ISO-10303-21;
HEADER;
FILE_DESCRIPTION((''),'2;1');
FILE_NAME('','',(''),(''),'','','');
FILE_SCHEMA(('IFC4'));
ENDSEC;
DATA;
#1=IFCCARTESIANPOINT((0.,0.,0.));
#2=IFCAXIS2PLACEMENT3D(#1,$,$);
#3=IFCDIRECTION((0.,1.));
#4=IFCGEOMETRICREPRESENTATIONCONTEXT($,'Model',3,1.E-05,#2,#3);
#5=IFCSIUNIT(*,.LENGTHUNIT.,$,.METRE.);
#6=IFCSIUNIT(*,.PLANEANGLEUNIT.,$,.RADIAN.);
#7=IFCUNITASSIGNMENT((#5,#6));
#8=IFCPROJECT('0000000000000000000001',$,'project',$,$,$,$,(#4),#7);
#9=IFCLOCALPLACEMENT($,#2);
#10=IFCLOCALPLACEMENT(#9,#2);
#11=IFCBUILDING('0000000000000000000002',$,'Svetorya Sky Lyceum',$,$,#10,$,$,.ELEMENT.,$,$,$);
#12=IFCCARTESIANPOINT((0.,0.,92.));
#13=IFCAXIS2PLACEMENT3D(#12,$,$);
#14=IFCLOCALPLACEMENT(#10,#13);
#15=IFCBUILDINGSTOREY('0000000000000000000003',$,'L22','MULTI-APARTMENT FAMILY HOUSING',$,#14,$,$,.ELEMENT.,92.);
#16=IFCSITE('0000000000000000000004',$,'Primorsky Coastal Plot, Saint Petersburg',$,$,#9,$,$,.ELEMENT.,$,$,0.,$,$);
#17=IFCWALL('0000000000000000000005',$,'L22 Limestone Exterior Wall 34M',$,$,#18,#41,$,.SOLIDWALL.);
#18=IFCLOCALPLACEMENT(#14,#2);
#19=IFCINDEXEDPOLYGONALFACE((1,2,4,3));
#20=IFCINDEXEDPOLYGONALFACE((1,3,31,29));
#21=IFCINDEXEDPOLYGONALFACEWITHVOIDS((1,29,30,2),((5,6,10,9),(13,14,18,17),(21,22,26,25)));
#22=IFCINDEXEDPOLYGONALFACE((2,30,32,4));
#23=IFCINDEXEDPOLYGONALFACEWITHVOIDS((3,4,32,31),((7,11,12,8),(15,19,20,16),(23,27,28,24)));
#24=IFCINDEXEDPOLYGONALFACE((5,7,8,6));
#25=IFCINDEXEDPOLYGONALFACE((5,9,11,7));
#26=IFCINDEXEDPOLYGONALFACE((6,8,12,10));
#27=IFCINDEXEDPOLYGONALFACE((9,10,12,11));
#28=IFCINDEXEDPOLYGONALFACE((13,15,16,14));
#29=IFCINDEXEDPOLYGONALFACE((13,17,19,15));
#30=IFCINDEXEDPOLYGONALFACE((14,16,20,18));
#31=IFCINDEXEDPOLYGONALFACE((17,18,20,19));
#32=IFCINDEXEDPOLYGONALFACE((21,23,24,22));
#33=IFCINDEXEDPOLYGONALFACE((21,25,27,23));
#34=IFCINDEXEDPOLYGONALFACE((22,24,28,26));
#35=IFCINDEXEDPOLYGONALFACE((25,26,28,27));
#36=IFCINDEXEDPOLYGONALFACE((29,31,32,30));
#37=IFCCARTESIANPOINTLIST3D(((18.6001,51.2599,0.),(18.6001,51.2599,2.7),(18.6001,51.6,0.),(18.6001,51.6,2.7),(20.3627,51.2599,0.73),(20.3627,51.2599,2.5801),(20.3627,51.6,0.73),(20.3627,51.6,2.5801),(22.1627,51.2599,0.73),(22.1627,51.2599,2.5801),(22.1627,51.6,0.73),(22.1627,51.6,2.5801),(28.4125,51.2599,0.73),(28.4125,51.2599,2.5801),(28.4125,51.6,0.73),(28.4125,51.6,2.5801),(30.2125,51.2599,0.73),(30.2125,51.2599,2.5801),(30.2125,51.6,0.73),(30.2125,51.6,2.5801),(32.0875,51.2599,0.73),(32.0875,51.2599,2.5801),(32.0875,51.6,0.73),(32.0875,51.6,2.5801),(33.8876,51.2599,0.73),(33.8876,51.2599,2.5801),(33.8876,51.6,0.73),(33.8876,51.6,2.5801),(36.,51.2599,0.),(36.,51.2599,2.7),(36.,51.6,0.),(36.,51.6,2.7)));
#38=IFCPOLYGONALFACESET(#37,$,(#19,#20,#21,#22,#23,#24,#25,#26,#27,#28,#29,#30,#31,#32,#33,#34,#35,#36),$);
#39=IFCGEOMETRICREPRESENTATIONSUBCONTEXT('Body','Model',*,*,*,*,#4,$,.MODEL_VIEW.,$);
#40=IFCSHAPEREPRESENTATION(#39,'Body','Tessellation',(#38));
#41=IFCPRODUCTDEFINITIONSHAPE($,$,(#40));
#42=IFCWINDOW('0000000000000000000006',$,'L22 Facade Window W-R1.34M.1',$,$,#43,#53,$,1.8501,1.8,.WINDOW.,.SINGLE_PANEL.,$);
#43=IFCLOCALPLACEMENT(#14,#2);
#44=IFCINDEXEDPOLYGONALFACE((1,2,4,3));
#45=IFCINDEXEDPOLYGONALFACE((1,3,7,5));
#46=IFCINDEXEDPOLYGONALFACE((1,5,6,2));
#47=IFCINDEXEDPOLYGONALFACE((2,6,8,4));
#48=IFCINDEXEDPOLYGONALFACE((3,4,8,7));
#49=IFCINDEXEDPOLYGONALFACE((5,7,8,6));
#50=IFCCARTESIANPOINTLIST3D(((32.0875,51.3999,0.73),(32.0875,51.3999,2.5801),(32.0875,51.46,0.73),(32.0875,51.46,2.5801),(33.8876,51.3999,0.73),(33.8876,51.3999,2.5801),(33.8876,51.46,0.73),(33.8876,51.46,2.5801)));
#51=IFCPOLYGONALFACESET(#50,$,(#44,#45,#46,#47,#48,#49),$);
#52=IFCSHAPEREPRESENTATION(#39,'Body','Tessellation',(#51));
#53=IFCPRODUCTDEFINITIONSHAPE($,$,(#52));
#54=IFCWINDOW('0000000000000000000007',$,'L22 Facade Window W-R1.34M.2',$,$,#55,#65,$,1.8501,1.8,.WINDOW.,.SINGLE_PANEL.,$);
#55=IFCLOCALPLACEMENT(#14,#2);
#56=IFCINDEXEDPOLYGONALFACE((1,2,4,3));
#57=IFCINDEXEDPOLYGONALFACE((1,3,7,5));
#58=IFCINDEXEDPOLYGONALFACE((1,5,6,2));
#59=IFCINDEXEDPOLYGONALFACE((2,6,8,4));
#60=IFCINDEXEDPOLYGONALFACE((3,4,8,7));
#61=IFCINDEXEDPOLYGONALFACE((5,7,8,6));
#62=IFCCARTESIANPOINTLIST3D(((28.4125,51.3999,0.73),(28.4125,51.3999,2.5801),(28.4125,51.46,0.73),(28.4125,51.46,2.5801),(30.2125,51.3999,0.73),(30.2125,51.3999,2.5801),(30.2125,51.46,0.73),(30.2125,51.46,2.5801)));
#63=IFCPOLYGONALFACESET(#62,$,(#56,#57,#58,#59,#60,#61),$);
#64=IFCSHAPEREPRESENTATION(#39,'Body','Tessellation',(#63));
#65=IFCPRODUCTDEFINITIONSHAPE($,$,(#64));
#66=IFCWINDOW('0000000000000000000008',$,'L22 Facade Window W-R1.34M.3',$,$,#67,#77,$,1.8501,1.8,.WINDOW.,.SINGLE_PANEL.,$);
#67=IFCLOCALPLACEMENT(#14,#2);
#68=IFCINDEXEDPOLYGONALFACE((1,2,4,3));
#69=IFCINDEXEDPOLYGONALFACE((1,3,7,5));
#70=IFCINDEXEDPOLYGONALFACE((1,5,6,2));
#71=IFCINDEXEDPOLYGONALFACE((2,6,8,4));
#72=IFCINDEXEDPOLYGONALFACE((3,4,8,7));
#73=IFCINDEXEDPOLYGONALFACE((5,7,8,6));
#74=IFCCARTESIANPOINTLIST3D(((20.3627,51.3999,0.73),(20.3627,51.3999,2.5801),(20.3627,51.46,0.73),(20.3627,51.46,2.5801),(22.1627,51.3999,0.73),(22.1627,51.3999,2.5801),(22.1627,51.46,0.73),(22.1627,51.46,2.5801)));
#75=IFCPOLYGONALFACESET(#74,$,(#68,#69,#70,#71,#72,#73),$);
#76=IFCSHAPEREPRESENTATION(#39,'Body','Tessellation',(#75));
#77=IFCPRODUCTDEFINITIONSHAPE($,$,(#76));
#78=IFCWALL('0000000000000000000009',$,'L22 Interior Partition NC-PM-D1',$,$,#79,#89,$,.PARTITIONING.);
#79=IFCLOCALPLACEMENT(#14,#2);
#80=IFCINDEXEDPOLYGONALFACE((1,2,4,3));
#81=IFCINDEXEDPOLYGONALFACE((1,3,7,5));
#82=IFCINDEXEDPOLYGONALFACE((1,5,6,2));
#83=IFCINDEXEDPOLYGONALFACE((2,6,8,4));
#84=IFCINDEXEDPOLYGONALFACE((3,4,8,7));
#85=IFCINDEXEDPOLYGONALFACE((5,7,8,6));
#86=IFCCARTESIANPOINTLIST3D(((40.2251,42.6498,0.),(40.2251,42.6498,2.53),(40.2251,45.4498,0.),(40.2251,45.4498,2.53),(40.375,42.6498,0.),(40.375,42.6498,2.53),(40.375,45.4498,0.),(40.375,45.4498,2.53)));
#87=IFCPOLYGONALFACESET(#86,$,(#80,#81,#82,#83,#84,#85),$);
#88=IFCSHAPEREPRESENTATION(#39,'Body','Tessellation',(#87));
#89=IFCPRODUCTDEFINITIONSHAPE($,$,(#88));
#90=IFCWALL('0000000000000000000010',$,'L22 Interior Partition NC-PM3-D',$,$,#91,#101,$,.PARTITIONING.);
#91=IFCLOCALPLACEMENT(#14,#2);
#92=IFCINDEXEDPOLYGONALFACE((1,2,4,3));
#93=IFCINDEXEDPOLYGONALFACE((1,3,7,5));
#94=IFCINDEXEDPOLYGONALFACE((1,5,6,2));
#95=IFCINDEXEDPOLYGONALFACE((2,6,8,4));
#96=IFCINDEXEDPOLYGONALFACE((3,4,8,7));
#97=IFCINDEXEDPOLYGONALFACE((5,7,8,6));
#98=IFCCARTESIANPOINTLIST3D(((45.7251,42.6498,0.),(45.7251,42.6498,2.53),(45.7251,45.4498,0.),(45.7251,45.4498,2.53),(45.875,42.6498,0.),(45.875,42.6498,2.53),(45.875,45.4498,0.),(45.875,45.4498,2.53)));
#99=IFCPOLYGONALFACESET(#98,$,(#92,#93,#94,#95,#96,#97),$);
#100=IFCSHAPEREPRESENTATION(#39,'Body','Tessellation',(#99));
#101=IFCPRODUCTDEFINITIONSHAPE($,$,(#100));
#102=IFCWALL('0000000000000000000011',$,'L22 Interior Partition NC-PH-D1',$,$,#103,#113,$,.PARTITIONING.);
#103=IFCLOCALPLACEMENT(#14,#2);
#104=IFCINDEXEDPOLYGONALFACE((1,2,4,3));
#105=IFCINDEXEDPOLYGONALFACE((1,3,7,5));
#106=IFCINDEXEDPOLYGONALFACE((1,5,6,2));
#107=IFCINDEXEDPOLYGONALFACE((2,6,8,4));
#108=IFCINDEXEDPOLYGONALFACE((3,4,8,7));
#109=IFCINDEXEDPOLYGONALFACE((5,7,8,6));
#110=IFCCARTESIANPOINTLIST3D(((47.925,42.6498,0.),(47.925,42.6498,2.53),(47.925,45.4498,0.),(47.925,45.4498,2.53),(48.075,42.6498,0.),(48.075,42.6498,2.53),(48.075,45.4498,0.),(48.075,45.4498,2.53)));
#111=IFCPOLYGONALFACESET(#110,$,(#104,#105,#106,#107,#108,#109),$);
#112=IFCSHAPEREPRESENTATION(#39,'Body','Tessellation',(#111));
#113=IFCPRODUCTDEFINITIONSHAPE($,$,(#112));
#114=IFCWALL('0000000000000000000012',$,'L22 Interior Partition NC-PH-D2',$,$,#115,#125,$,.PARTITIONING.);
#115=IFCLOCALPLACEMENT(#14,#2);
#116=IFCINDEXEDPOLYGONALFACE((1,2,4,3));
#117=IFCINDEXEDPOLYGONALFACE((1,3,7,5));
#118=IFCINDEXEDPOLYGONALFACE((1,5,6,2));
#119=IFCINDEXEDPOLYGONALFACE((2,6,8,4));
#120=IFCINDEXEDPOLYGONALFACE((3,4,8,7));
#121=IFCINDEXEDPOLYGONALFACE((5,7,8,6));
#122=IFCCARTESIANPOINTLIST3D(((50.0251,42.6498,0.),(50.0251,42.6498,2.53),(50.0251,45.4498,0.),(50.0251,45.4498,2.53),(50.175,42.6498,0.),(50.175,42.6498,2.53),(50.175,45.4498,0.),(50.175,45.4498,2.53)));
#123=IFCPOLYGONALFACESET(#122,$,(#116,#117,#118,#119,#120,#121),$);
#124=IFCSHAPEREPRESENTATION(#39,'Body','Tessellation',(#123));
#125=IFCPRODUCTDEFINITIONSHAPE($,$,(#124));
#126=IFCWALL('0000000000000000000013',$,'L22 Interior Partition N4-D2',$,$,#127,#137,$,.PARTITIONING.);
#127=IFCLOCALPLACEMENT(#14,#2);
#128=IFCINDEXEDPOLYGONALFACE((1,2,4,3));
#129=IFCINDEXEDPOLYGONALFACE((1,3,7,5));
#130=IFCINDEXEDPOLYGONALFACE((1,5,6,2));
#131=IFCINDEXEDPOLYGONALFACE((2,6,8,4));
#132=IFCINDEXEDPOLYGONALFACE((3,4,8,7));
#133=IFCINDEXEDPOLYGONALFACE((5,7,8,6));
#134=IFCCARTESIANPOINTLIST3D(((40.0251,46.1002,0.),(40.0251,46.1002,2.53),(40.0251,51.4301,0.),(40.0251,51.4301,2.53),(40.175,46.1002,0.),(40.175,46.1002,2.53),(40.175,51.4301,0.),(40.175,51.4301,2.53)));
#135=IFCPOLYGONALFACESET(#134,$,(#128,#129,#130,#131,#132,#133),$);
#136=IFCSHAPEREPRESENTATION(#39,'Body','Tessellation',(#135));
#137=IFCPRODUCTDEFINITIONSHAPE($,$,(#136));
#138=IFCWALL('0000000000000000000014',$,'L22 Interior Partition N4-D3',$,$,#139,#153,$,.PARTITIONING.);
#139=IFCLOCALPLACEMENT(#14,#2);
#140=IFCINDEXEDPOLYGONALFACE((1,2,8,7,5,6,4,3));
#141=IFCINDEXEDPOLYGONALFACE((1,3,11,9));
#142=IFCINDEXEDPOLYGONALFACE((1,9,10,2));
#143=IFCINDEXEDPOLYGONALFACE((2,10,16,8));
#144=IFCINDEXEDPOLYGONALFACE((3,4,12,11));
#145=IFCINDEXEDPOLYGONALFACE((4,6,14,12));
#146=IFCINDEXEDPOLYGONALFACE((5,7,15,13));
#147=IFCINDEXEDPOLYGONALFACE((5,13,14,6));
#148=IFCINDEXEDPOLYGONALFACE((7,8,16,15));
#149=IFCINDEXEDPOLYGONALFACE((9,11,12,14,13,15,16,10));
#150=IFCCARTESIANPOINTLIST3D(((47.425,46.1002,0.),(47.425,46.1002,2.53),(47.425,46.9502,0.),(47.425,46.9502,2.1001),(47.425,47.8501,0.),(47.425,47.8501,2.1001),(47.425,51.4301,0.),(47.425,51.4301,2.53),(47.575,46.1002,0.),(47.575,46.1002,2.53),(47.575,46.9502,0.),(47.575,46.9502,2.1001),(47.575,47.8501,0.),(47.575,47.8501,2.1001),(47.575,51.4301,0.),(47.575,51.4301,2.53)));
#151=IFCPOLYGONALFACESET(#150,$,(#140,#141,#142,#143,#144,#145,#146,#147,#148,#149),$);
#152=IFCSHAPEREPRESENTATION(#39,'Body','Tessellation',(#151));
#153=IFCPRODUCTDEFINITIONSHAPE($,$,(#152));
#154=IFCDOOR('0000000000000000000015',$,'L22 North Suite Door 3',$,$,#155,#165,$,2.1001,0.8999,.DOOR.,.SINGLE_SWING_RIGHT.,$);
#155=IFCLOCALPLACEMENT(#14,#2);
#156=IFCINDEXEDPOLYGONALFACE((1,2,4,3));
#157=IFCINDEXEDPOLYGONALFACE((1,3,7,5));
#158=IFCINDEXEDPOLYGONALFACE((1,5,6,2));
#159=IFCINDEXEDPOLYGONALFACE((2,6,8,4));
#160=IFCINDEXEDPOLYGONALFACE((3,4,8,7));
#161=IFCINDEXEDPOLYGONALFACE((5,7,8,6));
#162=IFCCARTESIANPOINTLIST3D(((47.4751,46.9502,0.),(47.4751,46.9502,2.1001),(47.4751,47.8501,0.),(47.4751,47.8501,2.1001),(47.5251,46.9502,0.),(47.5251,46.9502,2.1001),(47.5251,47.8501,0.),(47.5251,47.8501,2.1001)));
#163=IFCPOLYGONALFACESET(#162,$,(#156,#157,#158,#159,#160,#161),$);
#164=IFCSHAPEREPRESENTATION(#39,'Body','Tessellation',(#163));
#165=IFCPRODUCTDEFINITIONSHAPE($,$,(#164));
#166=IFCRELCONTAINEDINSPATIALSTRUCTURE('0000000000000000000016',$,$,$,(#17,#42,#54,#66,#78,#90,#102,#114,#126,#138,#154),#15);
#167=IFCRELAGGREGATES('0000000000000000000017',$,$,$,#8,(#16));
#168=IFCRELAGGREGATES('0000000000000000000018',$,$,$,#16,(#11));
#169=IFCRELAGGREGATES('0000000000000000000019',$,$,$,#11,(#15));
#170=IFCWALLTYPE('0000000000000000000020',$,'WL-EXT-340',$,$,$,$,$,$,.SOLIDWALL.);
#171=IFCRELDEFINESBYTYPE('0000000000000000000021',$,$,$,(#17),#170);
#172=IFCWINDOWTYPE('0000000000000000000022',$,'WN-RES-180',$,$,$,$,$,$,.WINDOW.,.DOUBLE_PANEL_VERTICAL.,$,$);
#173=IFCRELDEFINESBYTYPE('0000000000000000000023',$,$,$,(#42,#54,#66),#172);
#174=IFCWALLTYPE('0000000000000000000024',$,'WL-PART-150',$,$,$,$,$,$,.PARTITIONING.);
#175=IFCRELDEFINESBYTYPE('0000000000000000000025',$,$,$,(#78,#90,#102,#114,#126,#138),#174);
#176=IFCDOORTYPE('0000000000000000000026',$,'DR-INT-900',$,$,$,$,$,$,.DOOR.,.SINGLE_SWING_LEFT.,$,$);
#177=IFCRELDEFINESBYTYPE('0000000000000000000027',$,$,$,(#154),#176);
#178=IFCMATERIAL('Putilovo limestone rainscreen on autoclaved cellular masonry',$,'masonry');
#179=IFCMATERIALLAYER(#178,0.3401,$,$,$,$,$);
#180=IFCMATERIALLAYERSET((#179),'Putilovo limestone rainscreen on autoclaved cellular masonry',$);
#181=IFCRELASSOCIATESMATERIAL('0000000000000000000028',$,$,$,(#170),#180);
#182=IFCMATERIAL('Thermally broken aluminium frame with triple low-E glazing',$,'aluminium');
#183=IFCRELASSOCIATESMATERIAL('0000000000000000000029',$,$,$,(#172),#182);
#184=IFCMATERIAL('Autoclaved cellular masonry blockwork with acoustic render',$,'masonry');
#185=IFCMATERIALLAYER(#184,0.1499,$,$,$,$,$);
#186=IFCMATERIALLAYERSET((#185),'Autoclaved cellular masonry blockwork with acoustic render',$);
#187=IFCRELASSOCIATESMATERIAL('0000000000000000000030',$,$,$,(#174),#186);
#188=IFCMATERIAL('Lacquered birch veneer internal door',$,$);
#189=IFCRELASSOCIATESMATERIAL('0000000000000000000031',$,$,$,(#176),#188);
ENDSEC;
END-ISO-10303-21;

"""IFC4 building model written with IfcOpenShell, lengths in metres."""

from ifc_helpers import new_model, si_unit, direction, frame, frame_2d, origin, place, context, subcontext, project, spatial, rectangle, extrude, material, layer, layer_set, type_object, element, fill, save


model = new_model("IFC4")

# Units and contexts
model_context = context("Model", 3, precision=1e-05, world=origin(), true_north=direction((0.0, 1.0)))
body_context = subcontext(model_context, "Body", "Model", "MODEL_VIEW")
ifc_project = project(units=[si_unit("LENGTHUNIT", "METRE"), si_unit("PLANEANGLEUNIT", "RADIAN")], contexts=[model_context])

# Site, building, storey
site_placement = place(None, origin())
site = spatial("IfcSite", under=ifc_project, at=site_placement, Name="Primorsky Coastal Plot, Saint Petersburg", CompositionType="ELEMENT", RefElevation=0.0)
building_placement = place(site_placement, origin())
building = spatial("IfcBuilding", under=site, at=building_placement, Name="Svetorya Sky Lyceum", CompositionType="ELEMENT")
storey_placement = place(building_placement, frame((0.0, 0.0, 92.0)))
storey = spatial("IfcBuildingStorey", under=building, at=storey_placement, Name="L22", Description="MULTI-APARTMENT FAMILY HOUSING", CompositionType="ELEMENT", Elevation=92.0)

# Shared definitions
ifc_material_1 = material(Name="Putilovo limestone rainscreen on autoclaved cellular masonry", Category="masonry")
ifc_layer_1 = layer(ifc_material_1, 0.3401)
ifc_layer_set_1 = layer_set([ifc_layer_1], Name="Putilovo limestone rainscreen on autoclaved cellular masonry")
wall_type_1 = type_object("IfcWallType", Name="WL-EXT-340", PredefinedType="SOLIDWALL", material=ifc_layer_set_1)

# Wall, openings, windows
wall_1_placement = place(storey_placement, frame((36.0, 51.4299, 0.0), z_axis=(0.0, 0.0, 1.0), x_axis=(-1.0, 0.0, 0.0)))
wall_1 = element("IfcWall", 1, at=wall_1_placement, inside=storey, type_object=wall_type_1, Name="L22 Limestone Exterior Wall 34M", PredefinedType="SOLIDWALL", context=body_context, shape_type="SweptSolid", body=[
    extrude(rectangle(XDim=17.3999, YDim=0.3401, at=frame_2d((8.7, 0.0))), origin(), (0.0, 0.0, 1.0), 2.7),
])
opening_1_placement = place(wall_1_placement, frame((2.1125, 0.0, 0.73)))
opening_1 = element("IfcOpeningElement", 2, at=opening_1_placement, cuts=wall_1, PredefinedType="OPENING", context=body_context, shape_type="SweptSolid", body=[
    extrude(rectangle(XDim=1.8, YDim=1.8501, at=frame_2d((0.8999, 0.925))), frame((0.0, 0.1799, 0.0), z_axis=(0.0, -1.0, 0.0), x_axis=(1.0, 0.0, 0.0)), (0.0, 0.0, 1.0), 0.3601),
])
opening_2_placement = place(wall_1_placement, frame((5.7876, 0.0, 0.73)))
opening_2 = element("IfcOpeningElement", 3, at=opening_2_placement, cuts=wall_1, PredefinedType="OPENING", context=body_context, shape_type="SweptSolid", body=[
    extrude(rectangle(XDim=1.8, YDim=1.8501, at=frame_2d((0.8999, 0.925))), frame((0.0, 0.1799, 0.0), z_axis=(0.0, -1.0, 0.0), x_axis=(1.0, 0.0, 0.0)), (0.0, 0.0, 1.0), 0.3601),
])
opening_3_placement = place(wall_1_placement, frame((13.8374, 0.0, 0.73)))
opening_3 = element("IfcOpeningElement", 4, at=opening_3_placement, cuts=wall_1, PredefinedType="OPENING", context=body_context, shape_type="SweptSolid", body=[
    extrude(rectangle(XDim=1.8, YDim=1.8501, at=frame_2d((0.8999, 0.925))), frame((0.0, 0.1799, 0.0), z_axis=(0.0, -1.0, 0.0), x_axis=(1.0, 0.0, 0.0)), (0.0, 0.0, 1.0), 0.3601),
])
ifc_material_2 = material(Name="Thermally broken aluminium frame with triple low-E glazing", Category="aluminium")
window_type = type_object("IfcWindowType", Name="WN-RES-180", PartitioningType="DOUBLE_PANEL_VERTICAL", PredefinedType="WINDOW", material=ifc_material_2)
window_1_placement = place(opening_1_placement, origin())
window_1 = element("IfcWindow", 5, at=window_1_placement, inside=storey, type_object=window_type, Name="L22 Facade Window W-R1.34M.1", OverallHeight=1.8501, OverallWidth=1.8, PartitioningType="SINGLE_PANEL", PredefinedType="WINDOW", context=body_context, shape_type="SweptSolid", body=[
    extrude(rectangle(XDim=1.8, YDim=1.8501, at=frame_2d((0.8999, 0.925))), frame((0.0, 0.03, 0.0), z_axis=(0.0, -1.0, 0.0), x_axis=(1.0, 0.0, 0.0)), (0.0, 0.0, 1.0), 0.0601),
])
fill(opening_1, window_1)
window_2_placement = place(opening_2_placement, origin())
window_2 = element("IfcWindow", 6, at=window_2_placement, inside=storey, type_object=window_type, Name="L22 Facade Window W-R1.34M.2", OverallHeight=1.8501, OverallWidth=1.8, PartitioningType="SINGLE_PANEL", PredefinedType="WINDOW", context=body_context, shape_type="SweptSolid", body=[
    extrude(rectangle(XDim=1.8, YDim=1.8501, at=frame_2d((0.8999, 0.925))), frame((0.0, 0.03, 0.0), z_axis=(0.0, -1.0, 0.0), x_axis=(1.0, 0.0, 0.0)), (0.0, 0.0, 1.0), 0.0601),
])
fill(opening_2, window_2)
window_3_placement = place(opening_3_placement, origin())
window_3 = element("IfcWindow", 7, at=window_3_placement, inside=storey, type_object=window_type, Name="L22 Facade Window W-R1.34M.3", OverallHeight=1.8501, OverallWidth=1.8, PartitioningType="SINGLE_PANEL", PredefinedType="WINDOW", context=body_context, shape_type="SweptSolid", body=[
    extrude(rectangle(XDim=1.8, YDim=1.8501, at=frame_2d((0.8999, 0.925))), frame((0.0, 0.03, 0.0), z_axis=(0.0, -1.0, 0.0), x_axis=(1.0, 0.0, 0.0)), (0.0, 0.0, 1.0), 0.0601),
])
fill(opening_3, window_3)

# Walls
ifc_material_3 = material(Name="Autoclaved cellular masonry blockwork with acoustic render", Category="masonry")
ifc_layer_2 = layer(ifc_material_3, 0.1499)
ifc_layer_set_2 = layer_set([ifc_layer_2], Name="Autoclaved cellular masonry blockwork with acoustic render")
wall_type_2 = type_object("IfcWallType", Name="WL-PART-150", PredefinedType="PARTITIONING", material=ifc_layer_set_2)
for number, where, z_axis, x_axis, name in (
    (8, (40.3, 42.6499, 0.0), (0.0, 0.0, 1.0), (0.0, 1.0, 0.0), "L22 Interior Partition NC-PM-D1"),
    (9, (45.8, 42.6499, 0.0), (0.0, 0.0, 1.0), (0.0, 1.0, 0.0), "L22 Interior Partition NC-PM3-D"),
    (10, (48.0, 42.6499, 0.0), (0.0, 0.0, 1.0), (0.0, 1.0, 0.0), "L22 Interior Partition NC-PH-D1"),
    (11, (50.1001, 42.6499, 0.0), (0.0, 0.0, 1.0), (0.0, 1.0, 0.0), "L22 Interior Partition NC-PH-D2"),
):
    element("IfcWall", number, at=place(storey_placement, frame(where, z_axis=z_axis, x_axis=x_axis)), inside=storey, type_object=wall_type_2, Name=name, PredefinedType="PARTITIONING", context=body_context, shape_type="SweptSolid", body=[
        extrude(rectangle(XDim=2.8, YDim=0.1499, at=frame_2d((1.3999, 0.0))), origin(), (0.0, 0.0, 1.0), 2.53),
    ])
wall_2_placement = place(storey_placement, frame((40.1001, 46.1001, 0.0), z_axis=(0.0, 0.0, 1.0), x_axis=(0.0, 1.0, 0.0)))
element("IfcWall", 12, at=wall_2_placement, inside=storey, type_object=wall_type_2, Name="L22 Interior Partition N4-D2", PredefinedType="PARTITIONING", context=body_context, shape_type="SweptSolid", body=[
    extrude(rectangle(XDim=5.3298, YDim=0.1499, at=frame_2d((2.665, 0.0))), origin(), (0.0, 0.0, 1.0), 2.53),
])

# Wall, opening, door
wall_3_placement = place(storey_placement, frame((47.5, 46.1001, 0.0), z_axis=(0.0, 0.0, 1.0), x_axis=(0.0, 1.0, 0.0)))
wall_3 = element("IfcWall", 13, at=wall_3_placement, inside=storey, type_object=wall_type_2, Name="L22 Interior Partition N4-D3", PredefinedType="PARTITIONING", context=body_context, shape_type="SweptSolid", body=[
    extrude(rectangle(XDim=5.3298, YDim=0.1499, at=frame_2d((2.665, 0.0))), origin(), (0.0, 0.0, 1.0), 2.53),
])
opening_4_placement = place(wall_3_placement, frame((0.8501, 0.0, 0.0)))
opening_4 = element("IfcOpeningElement", 14, at=opening_4_placement, cuts=wall_3, PredefinedType="OPENING", context=body_context, shape_type="SweptSolid", body=[
    extrude(rectangle(XDim=0.8999, YDim=2.1001, at=frame_2d((0.45, 1.05))), frame((0.0, 0.085, 0.0), z_axis=(0.0, -1.0, 0.0), x_axis=(1.0, 0.0, 0.0)), (0.0, 0.0, 1.0), 0.1699),
])
ifc_material_4 = material(Name="Lacquered birch veneer internal door")
door_type = type_object("IfcDoorType", Name="DR-INT-900", OperationType="SINGLE_SWING_LEFT", PredefinedType="DOOR", material=ifc_material_4)
door_placement = place(opening_4_placement, origin())
door = element("IfcDoor", 15, at=door_placement, inside=storey, type_object=door_type, Name="L22 North Suite Door 3", OperationType="SINGLE_SWING_RIGHT", OverallHeight=2.1001, OverallWidth=0.8999, PredefinedType="DOOR", context=body_context, shape_type="SweptSolid", body=[
    extrude(rectangle(XDim=0.8999, YDim=2.1001, at=frame_2d((0.45, 1.05))), frame((0.0, 0.0249, 0.0), z_axis=(0.0, -1.0, 0.0), x_axis=(1.0, 0.0, 0.0)), (0.0, 0.0, 1.0), 0.05),
])
fill(opening_4, door)

save(model, "model.ifc")
